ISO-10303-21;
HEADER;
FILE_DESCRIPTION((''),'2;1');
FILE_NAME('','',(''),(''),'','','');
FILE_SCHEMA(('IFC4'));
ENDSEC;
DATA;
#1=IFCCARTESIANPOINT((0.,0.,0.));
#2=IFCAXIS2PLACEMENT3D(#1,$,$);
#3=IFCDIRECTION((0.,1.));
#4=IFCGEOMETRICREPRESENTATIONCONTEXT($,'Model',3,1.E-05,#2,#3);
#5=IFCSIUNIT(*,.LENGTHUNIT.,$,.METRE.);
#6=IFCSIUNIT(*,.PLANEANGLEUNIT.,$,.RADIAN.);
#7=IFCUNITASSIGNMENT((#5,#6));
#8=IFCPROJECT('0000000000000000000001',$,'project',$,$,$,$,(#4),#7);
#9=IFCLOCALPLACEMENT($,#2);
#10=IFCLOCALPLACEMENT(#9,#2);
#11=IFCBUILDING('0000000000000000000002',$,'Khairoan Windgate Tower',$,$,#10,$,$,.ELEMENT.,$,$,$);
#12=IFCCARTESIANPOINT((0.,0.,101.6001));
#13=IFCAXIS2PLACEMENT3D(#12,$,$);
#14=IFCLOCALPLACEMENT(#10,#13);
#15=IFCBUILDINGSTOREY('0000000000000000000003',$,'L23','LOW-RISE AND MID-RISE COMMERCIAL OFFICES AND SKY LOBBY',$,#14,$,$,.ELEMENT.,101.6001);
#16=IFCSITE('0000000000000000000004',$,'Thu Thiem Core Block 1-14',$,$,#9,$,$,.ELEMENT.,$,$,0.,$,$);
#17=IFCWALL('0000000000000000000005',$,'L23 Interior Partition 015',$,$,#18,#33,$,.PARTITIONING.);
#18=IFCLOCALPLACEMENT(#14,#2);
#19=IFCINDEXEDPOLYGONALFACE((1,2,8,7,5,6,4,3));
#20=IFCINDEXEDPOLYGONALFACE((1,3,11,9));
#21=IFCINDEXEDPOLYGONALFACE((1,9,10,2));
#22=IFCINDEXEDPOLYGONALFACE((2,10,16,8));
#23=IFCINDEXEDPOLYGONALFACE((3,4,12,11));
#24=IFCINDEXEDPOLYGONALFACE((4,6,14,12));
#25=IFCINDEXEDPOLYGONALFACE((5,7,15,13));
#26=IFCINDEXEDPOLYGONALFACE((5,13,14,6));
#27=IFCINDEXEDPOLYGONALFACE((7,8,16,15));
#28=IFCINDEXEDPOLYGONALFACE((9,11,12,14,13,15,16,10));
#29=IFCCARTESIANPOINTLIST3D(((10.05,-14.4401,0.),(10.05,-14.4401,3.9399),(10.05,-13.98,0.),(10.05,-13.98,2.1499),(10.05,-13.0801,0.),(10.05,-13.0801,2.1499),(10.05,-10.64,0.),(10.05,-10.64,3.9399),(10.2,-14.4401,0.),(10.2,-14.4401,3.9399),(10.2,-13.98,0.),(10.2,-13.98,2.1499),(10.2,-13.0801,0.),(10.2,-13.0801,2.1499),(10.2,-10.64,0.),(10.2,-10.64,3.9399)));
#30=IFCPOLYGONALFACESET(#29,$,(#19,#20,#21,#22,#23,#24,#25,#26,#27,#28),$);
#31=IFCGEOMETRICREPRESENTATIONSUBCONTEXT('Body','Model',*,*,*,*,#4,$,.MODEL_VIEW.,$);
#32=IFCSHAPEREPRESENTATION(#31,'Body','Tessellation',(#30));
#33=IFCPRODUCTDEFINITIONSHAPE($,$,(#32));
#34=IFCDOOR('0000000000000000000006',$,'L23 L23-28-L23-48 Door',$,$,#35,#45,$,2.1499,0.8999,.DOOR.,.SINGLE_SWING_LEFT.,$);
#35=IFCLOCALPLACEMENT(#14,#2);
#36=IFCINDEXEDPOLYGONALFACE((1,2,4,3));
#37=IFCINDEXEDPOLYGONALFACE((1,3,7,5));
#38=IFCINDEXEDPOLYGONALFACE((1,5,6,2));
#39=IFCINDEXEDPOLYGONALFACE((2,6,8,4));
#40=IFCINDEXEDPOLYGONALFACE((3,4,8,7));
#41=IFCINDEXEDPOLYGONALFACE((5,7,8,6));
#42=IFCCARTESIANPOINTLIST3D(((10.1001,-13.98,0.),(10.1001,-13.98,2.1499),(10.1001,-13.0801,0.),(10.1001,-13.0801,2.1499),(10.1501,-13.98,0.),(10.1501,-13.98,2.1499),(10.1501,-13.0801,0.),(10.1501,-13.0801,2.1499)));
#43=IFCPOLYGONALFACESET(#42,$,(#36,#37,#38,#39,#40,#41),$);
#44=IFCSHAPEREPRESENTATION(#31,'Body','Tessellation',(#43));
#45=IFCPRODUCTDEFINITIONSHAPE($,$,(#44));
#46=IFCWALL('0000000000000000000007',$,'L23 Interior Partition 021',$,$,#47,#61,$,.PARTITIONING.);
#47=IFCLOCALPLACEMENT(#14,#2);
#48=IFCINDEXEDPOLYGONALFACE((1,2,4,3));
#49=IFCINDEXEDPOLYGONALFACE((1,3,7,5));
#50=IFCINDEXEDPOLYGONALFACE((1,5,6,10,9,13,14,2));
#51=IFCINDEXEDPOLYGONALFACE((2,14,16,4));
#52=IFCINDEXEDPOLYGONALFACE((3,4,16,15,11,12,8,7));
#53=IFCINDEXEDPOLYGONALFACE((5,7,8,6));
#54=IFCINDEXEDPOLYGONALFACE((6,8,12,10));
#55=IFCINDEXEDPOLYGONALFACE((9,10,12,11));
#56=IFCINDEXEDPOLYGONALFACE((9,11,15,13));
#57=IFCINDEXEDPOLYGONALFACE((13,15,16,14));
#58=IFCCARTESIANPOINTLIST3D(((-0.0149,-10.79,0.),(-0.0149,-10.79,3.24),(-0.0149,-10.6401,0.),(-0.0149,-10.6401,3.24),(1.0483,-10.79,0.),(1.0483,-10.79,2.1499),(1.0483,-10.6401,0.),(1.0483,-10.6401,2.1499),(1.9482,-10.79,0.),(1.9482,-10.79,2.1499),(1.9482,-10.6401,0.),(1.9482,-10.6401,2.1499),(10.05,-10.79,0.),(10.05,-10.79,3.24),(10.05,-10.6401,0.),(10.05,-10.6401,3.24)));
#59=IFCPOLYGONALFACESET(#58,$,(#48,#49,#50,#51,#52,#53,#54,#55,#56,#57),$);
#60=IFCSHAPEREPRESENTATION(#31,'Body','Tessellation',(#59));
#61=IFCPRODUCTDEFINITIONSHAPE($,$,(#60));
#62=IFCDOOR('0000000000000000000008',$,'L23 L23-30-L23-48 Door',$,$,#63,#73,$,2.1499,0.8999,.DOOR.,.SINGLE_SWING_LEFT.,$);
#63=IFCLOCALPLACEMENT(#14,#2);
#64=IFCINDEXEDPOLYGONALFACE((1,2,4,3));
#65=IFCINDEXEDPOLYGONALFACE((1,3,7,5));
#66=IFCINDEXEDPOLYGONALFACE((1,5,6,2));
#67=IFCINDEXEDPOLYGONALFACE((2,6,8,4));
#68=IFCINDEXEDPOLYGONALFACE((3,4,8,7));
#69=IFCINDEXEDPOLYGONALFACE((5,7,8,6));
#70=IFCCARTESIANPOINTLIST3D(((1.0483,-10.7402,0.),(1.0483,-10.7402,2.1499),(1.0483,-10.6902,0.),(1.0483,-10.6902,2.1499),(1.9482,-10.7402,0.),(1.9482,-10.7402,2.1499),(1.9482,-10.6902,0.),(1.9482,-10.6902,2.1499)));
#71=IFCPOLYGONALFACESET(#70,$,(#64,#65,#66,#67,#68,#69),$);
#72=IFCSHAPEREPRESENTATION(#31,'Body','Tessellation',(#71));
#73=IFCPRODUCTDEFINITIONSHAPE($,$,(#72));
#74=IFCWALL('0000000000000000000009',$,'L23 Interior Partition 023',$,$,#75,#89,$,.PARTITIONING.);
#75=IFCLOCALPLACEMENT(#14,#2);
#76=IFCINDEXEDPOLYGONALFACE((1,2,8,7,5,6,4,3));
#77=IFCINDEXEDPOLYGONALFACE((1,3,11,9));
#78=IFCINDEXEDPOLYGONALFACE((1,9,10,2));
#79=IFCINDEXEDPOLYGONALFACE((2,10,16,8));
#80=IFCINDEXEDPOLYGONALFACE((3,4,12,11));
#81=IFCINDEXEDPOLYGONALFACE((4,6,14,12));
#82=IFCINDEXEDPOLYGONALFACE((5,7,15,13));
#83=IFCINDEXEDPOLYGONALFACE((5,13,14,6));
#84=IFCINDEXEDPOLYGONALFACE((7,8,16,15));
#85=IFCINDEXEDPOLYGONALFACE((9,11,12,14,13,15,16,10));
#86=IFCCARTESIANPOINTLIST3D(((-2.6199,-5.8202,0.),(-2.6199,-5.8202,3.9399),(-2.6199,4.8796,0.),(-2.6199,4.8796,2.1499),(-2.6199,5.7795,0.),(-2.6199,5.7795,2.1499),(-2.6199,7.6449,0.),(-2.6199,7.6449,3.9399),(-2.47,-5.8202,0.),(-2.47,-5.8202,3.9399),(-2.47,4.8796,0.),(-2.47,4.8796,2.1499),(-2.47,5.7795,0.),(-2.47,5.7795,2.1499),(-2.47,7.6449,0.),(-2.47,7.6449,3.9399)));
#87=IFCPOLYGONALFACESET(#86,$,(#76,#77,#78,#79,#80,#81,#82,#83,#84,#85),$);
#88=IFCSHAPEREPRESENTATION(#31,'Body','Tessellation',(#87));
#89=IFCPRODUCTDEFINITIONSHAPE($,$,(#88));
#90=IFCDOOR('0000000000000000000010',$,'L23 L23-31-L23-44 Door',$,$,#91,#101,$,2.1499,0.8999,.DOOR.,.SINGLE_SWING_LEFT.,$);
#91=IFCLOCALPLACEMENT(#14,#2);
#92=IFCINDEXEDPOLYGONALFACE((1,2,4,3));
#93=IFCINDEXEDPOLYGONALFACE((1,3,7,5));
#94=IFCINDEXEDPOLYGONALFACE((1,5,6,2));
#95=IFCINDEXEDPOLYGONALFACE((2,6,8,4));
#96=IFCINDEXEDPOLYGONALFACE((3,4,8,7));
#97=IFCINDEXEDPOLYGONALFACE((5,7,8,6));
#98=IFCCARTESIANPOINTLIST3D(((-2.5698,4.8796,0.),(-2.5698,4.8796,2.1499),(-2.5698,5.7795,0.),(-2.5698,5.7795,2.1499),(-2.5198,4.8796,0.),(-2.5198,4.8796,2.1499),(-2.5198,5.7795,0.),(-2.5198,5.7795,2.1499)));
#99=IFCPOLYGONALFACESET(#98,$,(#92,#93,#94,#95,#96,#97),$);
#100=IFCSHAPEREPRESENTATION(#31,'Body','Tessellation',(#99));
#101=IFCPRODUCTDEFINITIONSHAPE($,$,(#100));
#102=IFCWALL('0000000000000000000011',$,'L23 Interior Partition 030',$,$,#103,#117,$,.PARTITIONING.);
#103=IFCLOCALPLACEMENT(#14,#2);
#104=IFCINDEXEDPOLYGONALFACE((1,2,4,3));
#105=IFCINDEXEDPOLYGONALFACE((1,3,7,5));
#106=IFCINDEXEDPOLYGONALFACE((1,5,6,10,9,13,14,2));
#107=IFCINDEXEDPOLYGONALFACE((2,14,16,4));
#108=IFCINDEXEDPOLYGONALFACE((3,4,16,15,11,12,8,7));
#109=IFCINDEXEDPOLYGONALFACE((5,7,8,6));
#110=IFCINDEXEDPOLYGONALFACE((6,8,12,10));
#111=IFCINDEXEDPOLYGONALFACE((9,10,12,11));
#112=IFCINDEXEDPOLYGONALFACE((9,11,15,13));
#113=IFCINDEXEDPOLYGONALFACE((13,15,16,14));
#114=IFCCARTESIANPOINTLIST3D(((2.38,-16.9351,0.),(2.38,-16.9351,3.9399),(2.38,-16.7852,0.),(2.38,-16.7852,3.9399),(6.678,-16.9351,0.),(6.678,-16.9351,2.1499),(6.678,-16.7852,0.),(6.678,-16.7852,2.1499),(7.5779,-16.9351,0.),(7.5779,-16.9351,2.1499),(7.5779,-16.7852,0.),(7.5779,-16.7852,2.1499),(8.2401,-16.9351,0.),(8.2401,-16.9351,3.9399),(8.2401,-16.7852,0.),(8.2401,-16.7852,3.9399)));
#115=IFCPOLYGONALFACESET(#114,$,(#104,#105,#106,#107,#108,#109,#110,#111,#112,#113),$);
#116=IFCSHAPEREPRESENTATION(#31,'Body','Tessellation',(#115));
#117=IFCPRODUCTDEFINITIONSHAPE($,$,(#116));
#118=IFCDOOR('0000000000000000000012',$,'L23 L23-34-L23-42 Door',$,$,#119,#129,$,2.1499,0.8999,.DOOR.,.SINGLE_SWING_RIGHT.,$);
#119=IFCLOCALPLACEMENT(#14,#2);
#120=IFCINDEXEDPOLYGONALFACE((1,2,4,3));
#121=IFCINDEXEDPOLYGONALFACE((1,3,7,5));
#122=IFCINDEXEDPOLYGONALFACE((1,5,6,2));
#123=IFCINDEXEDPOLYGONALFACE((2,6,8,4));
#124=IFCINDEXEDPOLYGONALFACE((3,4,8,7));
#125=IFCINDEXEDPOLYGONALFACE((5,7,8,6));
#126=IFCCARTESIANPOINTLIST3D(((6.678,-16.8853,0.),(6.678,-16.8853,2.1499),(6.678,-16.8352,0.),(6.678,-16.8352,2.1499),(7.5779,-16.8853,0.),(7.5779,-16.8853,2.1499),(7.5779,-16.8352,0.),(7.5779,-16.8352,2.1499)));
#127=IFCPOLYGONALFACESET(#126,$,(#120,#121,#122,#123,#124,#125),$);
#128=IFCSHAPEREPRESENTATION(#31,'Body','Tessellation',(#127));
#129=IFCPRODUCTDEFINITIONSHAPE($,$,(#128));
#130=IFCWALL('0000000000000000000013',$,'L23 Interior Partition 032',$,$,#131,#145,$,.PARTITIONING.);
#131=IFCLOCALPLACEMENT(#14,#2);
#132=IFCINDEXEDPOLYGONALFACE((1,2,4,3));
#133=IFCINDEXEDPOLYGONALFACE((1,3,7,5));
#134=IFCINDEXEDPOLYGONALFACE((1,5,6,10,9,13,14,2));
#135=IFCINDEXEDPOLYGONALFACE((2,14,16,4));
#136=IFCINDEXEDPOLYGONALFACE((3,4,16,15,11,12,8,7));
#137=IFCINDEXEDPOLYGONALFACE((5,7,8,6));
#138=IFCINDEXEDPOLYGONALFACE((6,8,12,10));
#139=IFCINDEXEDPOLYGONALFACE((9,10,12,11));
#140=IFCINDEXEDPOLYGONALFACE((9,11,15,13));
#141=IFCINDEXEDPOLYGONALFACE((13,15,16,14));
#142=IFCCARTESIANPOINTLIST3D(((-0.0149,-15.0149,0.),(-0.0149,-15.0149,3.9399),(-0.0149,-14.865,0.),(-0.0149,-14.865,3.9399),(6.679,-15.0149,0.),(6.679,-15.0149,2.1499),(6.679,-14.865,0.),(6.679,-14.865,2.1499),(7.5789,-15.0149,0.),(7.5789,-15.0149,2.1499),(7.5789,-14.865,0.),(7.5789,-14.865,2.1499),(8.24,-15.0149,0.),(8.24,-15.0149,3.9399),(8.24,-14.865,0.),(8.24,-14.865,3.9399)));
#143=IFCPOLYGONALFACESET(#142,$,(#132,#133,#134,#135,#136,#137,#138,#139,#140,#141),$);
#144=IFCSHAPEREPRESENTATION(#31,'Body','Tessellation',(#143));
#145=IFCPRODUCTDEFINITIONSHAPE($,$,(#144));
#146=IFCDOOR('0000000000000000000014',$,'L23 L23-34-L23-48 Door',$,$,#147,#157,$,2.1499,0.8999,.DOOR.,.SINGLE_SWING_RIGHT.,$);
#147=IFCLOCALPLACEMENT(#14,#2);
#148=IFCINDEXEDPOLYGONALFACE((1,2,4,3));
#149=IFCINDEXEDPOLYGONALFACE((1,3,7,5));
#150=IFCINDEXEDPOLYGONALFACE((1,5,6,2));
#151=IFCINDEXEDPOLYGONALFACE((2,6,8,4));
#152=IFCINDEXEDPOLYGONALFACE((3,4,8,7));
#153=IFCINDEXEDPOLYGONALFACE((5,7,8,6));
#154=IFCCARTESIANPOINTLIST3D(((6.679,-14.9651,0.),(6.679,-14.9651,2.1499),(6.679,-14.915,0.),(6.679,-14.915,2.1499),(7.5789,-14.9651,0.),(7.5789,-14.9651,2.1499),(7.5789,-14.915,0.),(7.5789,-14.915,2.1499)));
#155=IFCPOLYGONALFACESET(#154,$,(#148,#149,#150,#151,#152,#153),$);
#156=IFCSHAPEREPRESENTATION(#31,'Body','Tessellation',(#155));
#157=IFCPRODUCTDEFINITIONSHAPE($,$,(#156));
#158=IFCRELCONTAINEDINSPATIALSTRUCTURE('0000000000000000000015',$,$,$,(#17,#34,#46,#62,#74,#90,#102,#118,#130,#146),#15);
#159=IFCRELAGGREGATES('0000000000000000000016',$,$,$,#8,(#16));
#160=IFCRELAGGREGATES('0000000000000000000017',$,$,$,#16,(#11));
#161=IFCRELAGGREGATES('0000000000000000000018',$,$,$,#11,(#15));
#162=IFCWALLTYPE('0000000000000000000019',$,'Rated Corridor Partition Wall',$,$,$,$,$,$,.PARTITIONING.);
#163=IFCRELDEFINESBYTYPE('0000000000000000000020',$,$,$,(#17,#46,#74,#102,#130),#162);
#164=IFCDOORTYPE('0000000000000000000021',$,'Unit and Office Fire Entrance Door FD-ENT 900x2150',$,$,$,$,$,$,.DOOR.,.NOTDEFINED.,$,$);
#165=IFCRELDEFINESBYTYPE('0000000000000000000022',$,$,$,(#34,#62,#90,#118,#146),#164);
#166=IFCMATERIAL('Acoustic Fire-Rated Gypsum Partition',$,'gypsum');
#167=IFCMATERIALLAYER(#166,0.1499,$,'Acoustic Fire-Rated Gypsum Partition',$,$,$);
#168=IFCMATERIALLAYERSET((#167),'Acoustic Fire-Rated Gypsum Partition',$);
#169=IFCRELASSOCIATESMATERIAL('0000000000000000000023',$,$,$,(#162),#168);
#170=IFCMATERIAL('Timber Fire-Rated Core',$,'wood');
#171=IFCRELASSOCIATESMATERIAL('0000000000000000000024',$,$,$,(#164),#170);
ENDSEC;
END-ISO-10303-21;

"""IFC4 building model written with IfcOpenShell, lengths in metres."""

from ifc_helpers import new_model, si_unit, direction, frame, frame_2d, origin, place, context, subcontext, project, spatial, rectangle, extrude, material, layer, layer_set, type_object, element, fill, save


model = new_model("IFC4")

# Units and contexts
model_context = context("Model", 3, precision=1e-05, world=origin(), true_north=direction((0.0, 1.0)))
body_context = subcontext(model_context, "Body", "Model", "MODEL_VIEW")
ifc_project = project(units=[si_unit("LENGTHUNIT", "METRE"), si_unit("PLANEANGLEUNIT", "RADIAN")], contexts=[model_context])

# Site, building, storey
site_placement = place(None, origin())
site = spatial("IfcSite", under=ifc_project, at=site_placement, Name="Thu Thiem Core Block 1-14", CompositionType="ELEMENT", RefElevation=0.0)
building_placement = place(site_placement, origin())
building = spatial("IfcBuilding", under=site, at=building_placement, Name="Khairoan Windgate Tower", CompositionType="ELEMENT")
storey_placement = place(building_placement, frame((0.0, 0.0, 101.6001)))
storey = spatial("IfcBuildingStorey", under=building, at=storey_placement, Name="L23", Description="LOW-RISE AND MID-RISE COMMERCIAL OFFICES AND SKY LOBBY", CompositionType="ELEMENT", Elevation=101.6001)

# Walls, openings, doors
ifc_material_1 = material(Name="Acoustic Fire-Rated Gypsum Partition", Category="gypsum")
ifc_layer_1 = layer(ifc_material_1, 0.1499, Name="Acoustic Fire-Rated Gypsum Partition")
ifc_layer_set_1 = layer_set([ifc_layer_1], Name="Acoustic Fire-Rated Gypsum Partition")
wall_type_1 = type_object("IfcWallType", Name="Rated Corridor Partition Wall", PredefinedType="PARTITIONING", material=ifc_layer_set_1)
ifc_material_2 = material(Name="Timber Fire-Rated Core", Category="wood")
door_type = type_object("IfcDoorType", Name="Unit and Office Fire Entrance Door FD-ENT 900x2150", OperationType="NOTDEFINED", PredefinedType="DOOR", material=ifc_material_2)
wall_1_placement = place(storey_placement, frame((10.125, -14.4399, 0.0), z_axis=(0.0, 0.0, 1.0), x_axis=(0.0, 1.0, 0.0)))
wall_1 = element("IfcWall", 1, at=wall_1_placement, inside=storey, type_object=wall_type_1, Name="L23 Interior Partition 015", PredefinedType="PARTITIONING", context=body_context, shape_type="SweptSolid", body=[
    extrude(rectangle(XDim=3.8, YDim=0.1499, at=frame_2d((1.8999, 0.0))), origin(), (0.0, 0.0, 1.0), 3.9399),
])
opening_1_placement = place(wall_1_placement, frame((0.46, 0.0, 0.0)))
opening_1 = element("IfcOpeningElement", 2, at=opening_1_placement, cuts=wall_1, PredefinedType="OPENING", context=body_context, shape_type="SweptSolid", body=[
    extrude(rectangle(XDim=0.8999, YDim=2.1499, at=frame_2d((0.45, 1.075))), frame((0.0, 0.085, 0.0), z_axis=(0.0, -1.0, 0.0), x_axis=(1.0, 0.0, 0.0)), (0.0, 0.0, 1.0), 0.1699),
])
door_1_placement = place(opening_1_placement, origin())
door_1 = element("IfcDoor", 3, at=door_1_placement, inside=storey, type_object=door_type, Name="L23 L23-28-L23-48 Door", OperationType="SINGLE_SWING_LEFT", OverallHeight=2.1499, OverallWidth=0.8999, PredefinedType="DOOR", context=body_context, shape_type="SweptSolid", body=[
    extrude(rectangle(XDim=0.8999, YDim=2.1499, at=frame_2d((0.45, 1.075))), frame((0.0, 0.0249, 0.0), z_axis=(0.0, -1.0, 0.0), x_axis=(1.0, 0.0, 0.0)), (0.0, 0.0, 1.0), 0.05),
])
fill(opening_1, door_1)
wall_2_placement = place(storey_placement, frame((-0.0149, -10.7151, 0.0), z_axis=(0.0, 0.0, 1.0), x_axis=(1.0, 0.0, 0.0)))
wall_2 = element("IfcWall", 4, at=wall_2_placement, inside=storey, type_object=wall_type_1, Name="L23 Interior Partition 021", PredefinedType="PARTITIONING", context=body_context, shape_type="SweptSolid", body=[
    extrude(rectangle(XDim=10.0649, YDim=0.1499, at=frame_2d((5.0325, 0.0))), origin(), (0.0, 0.0, 1.0), 3.24),
])
opening_2_placement = place(wall_2_placement, frame((1.0632, 0.0, 0.0)))
opening_2 = element("IfcOpeningElement", 5, at=opening_2_placement, cuts=wall_2, PredefinedType="OPENING", context=body_context, shape_type="SweptSolid", body=[
    extrude(rectangle(XDim=0.8999, YDim=2.1499, at=frame_2d((0.45, 1.075))), frame((0.0, 0.085, 0.0), z_axis=(0.0, -1.0, 0.0), x_axis=(1.0, 0.0, 0.0)), (0.0, 0.0, 1.0), 0.1699),
])
door_2_placement = place(opening_2_placement, origin())
door_2 = element("IfcDoor", 6, at=door_2_placement, inside=storey, type_object=door_type, Name="L23 L23-30-L23-48 Door", OperationType="SINGLE_SWING_LEFT", OverallHeight=2.1499, OverallWidth=0.8999, PredefinedType="DOOR", context=body_context, shape_type="SweptSolid", body=[
    extrude(rectangle(XDim=0.8999, YDim=2.1499, at=frame_2d((0.45, 1.075))), frame((0.0, 0.0249, 0.0), z_axis=(0.0, -1.0, 0.0), x_axis=(1.0, 0.0, 0.0)), (0.0, 0.0, 1.0), 0.05),
])
fill(opening_2, door_2)
wall_3_placement = place(storey_placement, frame((-2.5449, -5.8201, 0.0), z_axis=(0.0, 0.0, 1.0), x_axis=(0.0, 1.0, 0.0)))
wall_3 = element("IfcWall", 7, at=wall_3_placement, inside=storey, type_object=wall_type_1, Name="L23 Interior Partition 023", PredefinedType="PARTITIONING", context=body_context, shape_type="SweptSolid", body=[
    extrude(rectangle(XDim=13.4651, YDim=0.1499, at=frame_2d((6.7324, 0.0))), origin(), (0.0, 0.0, 1.0), 3.9399),
])
opening_3_placement = place(wall_3_placement, frame((10.6997, 0.0, 0.0)))
opening_3 = element("IfcOpeningElement", 8, at=opening_3_placement, cuts=wall_3, PredefinedType="OPENING", context=body_context, shape_type="SweptSolid", body=[
    extrude(rectangle(XDim=0.8999, YDim=2.1499, at=frame_2d((0.45, 1.075))), frame((0.0, 0.085, 0.0), z_axis=(0.0, -1.0, 0.0), x_axis=(1.0, 0.0, 0.0)), (0.0, 0.0, 1.0), 0.1699),
])
door_3_placement = place(opening_3_placement, origin())
door_3 = element("IfcDoor", 9, at=door_3_placement, inside=storey, type_object=door_type, Name="L23 L23-31-L23-44 Door", OperationType="SINGLE_SWING_LEFT", OverallHeight=2.1499, OverallWidth=0.8999, PredefinedType="DOOR", context=body_context, shape_type="SweptSolid", body=[
    extrude(rectangle(XDim=0.8999, YDim=2.1499, at=frame_2d((0.45, 1.075))), frame((0.0, 0.0249, 0.0), z_axis=(0.0, -1.0, 0.0), x_axis=(1.0, 0.0, 0.0)), (0.0, 0.0, 1.0), 0.05),
])
fill(opening_3, door_3)
wall_4_placement = place(storey_placement, frame((2.3799, -16.8601, 0.0), z_axis=(0.0, 0.0, 1.0), x_axis=(1.0, 0.0, 0.0)))
wall_4 = element("IfcWall", 10, at=wall_4_placement, inside=storey, type_object=wall_type_1, Name="L23 Interior Partition 030", PredefinedType="PARTITIONING", context=body_context, shape_type="SweptSolid", body=[
    extrude(rectangle(XDim=5.8601, YDim=0.1499, at=frame_2d((2.9302, 0.0))), origin(), (0.0, 0.0, 1.0), 3.9399),
])
opening_4_placement = place(wall_4_placement, frame((4.2981, 0.0, 0.0)))
opening_4 = element("IfcOpeningElement", 11, at=opening_4_placement, cuts=wall_4, PredefinedType="OPENING", context=body_context, shape_type="SweptSolid", body=[
    extrude(rectangle(XDim=0.8999, YDim=2.1499, at=frame_2d((0.45, 1.075))), frame((0.0, 0.085, 0.0), z_axis=(0.0, -1.0, 0.0), x_axis=(1.0, 0.0, 0.0)), (0.0, 0.0, 1.0), 0.1699),
])
door_4_placement = place(opening_4_placement, origin())
door_4 = element("IfcDoor", 12, at=door_4_placement, inside=storey, type_object=door_type, Name="L23 L23-34-L23-42 Door", OperationType="SINGLE_SWING_RIGHT", OverallHeight=2.1499, OverallWidth=0.8999, PredefinedType="DOOR", context=body_context, shape_type="SweptSolid", body=[
    extrude(rectangle(XDim=0.8999, YDim=2.1499, at=frame_2d((0.45, 1.075))), frame((0.0, 0.0249, 0.0), z_axis=(0.0, -1.0, 0.0), x_axis=(1.0, 0.0, 0.0)), (0.0, 0.0, 1.0), 0.05),
])
fill(opening_4, door_4)
wall_5_placement = place(storey_placement, frame((-0.0149, -14.9399, 0.0), z_axis=(0.0, 0.0, 1.0), x_axis=(1.0, 0.0, 0.0)))
wall_5 = element("IfcWall", 13, at=wall_5_placement, inside=storey, type_object=wall_type_1, Name="L23 Interior Partition 032", PredefinedType="PARTITIONING", context=body_context, shape_type="SweptSolid", body=[
    extrude(rectangle(XDim=8.2549, YDim=0.1499, at=frame_2d((4.1274, 0.0))), origin(), (0.0, 0.0, 1.0), 3.9399),
])
opening_5_placement = place(wall_5_placement, frame((6.6938, 0.0, 0.0)))
opening_5 = element("IfcOpeningElement", 14, at=opening_5_placement, cuts=wall_5, PredefinedType="OPENING", context=body_context, shape_type="SweptSolid", body=[
    extrude(rectangle(XDim=0.8999, YDim=2.1499, at=frame_2d((0.45, 1.075))), frame((0.0, 0.085, 0.0), z_axis=(0.0, -1.0, 0.0), x_axis=(1.0, 0.0, 0.0)), (0.0, 0.0, 1.0), 0.1699),
])
door_5_placement = place(opening_5_placement, origin())
door_5 = element("IfcDoor", 15, at=door_5_placement, inside=storey, type_object=door_type, Name="L23 L23-34-L23-48 Door", OperationType="SINGLE_SWING_RIGHT", OverallHeight=2.1499, OverallWidth=0.8999, PredefinedType="DOOR", context=body_context, shape_type="SweptSolid", body=[
    extrude(rectangle(XDim=0.8999, YDim=2.1499, at=frame_2d((0.45, 1.075))), frame((0.0, 0.0249, 0.0), z_axis=(0.0, -1.0, 0.0), x_axis=(1.0, 0.0, 0.0)), (0.0, 0.0, 1.0), 0.05),
])
fill(opening_5, door_5)

save(model, "model.ifc")
